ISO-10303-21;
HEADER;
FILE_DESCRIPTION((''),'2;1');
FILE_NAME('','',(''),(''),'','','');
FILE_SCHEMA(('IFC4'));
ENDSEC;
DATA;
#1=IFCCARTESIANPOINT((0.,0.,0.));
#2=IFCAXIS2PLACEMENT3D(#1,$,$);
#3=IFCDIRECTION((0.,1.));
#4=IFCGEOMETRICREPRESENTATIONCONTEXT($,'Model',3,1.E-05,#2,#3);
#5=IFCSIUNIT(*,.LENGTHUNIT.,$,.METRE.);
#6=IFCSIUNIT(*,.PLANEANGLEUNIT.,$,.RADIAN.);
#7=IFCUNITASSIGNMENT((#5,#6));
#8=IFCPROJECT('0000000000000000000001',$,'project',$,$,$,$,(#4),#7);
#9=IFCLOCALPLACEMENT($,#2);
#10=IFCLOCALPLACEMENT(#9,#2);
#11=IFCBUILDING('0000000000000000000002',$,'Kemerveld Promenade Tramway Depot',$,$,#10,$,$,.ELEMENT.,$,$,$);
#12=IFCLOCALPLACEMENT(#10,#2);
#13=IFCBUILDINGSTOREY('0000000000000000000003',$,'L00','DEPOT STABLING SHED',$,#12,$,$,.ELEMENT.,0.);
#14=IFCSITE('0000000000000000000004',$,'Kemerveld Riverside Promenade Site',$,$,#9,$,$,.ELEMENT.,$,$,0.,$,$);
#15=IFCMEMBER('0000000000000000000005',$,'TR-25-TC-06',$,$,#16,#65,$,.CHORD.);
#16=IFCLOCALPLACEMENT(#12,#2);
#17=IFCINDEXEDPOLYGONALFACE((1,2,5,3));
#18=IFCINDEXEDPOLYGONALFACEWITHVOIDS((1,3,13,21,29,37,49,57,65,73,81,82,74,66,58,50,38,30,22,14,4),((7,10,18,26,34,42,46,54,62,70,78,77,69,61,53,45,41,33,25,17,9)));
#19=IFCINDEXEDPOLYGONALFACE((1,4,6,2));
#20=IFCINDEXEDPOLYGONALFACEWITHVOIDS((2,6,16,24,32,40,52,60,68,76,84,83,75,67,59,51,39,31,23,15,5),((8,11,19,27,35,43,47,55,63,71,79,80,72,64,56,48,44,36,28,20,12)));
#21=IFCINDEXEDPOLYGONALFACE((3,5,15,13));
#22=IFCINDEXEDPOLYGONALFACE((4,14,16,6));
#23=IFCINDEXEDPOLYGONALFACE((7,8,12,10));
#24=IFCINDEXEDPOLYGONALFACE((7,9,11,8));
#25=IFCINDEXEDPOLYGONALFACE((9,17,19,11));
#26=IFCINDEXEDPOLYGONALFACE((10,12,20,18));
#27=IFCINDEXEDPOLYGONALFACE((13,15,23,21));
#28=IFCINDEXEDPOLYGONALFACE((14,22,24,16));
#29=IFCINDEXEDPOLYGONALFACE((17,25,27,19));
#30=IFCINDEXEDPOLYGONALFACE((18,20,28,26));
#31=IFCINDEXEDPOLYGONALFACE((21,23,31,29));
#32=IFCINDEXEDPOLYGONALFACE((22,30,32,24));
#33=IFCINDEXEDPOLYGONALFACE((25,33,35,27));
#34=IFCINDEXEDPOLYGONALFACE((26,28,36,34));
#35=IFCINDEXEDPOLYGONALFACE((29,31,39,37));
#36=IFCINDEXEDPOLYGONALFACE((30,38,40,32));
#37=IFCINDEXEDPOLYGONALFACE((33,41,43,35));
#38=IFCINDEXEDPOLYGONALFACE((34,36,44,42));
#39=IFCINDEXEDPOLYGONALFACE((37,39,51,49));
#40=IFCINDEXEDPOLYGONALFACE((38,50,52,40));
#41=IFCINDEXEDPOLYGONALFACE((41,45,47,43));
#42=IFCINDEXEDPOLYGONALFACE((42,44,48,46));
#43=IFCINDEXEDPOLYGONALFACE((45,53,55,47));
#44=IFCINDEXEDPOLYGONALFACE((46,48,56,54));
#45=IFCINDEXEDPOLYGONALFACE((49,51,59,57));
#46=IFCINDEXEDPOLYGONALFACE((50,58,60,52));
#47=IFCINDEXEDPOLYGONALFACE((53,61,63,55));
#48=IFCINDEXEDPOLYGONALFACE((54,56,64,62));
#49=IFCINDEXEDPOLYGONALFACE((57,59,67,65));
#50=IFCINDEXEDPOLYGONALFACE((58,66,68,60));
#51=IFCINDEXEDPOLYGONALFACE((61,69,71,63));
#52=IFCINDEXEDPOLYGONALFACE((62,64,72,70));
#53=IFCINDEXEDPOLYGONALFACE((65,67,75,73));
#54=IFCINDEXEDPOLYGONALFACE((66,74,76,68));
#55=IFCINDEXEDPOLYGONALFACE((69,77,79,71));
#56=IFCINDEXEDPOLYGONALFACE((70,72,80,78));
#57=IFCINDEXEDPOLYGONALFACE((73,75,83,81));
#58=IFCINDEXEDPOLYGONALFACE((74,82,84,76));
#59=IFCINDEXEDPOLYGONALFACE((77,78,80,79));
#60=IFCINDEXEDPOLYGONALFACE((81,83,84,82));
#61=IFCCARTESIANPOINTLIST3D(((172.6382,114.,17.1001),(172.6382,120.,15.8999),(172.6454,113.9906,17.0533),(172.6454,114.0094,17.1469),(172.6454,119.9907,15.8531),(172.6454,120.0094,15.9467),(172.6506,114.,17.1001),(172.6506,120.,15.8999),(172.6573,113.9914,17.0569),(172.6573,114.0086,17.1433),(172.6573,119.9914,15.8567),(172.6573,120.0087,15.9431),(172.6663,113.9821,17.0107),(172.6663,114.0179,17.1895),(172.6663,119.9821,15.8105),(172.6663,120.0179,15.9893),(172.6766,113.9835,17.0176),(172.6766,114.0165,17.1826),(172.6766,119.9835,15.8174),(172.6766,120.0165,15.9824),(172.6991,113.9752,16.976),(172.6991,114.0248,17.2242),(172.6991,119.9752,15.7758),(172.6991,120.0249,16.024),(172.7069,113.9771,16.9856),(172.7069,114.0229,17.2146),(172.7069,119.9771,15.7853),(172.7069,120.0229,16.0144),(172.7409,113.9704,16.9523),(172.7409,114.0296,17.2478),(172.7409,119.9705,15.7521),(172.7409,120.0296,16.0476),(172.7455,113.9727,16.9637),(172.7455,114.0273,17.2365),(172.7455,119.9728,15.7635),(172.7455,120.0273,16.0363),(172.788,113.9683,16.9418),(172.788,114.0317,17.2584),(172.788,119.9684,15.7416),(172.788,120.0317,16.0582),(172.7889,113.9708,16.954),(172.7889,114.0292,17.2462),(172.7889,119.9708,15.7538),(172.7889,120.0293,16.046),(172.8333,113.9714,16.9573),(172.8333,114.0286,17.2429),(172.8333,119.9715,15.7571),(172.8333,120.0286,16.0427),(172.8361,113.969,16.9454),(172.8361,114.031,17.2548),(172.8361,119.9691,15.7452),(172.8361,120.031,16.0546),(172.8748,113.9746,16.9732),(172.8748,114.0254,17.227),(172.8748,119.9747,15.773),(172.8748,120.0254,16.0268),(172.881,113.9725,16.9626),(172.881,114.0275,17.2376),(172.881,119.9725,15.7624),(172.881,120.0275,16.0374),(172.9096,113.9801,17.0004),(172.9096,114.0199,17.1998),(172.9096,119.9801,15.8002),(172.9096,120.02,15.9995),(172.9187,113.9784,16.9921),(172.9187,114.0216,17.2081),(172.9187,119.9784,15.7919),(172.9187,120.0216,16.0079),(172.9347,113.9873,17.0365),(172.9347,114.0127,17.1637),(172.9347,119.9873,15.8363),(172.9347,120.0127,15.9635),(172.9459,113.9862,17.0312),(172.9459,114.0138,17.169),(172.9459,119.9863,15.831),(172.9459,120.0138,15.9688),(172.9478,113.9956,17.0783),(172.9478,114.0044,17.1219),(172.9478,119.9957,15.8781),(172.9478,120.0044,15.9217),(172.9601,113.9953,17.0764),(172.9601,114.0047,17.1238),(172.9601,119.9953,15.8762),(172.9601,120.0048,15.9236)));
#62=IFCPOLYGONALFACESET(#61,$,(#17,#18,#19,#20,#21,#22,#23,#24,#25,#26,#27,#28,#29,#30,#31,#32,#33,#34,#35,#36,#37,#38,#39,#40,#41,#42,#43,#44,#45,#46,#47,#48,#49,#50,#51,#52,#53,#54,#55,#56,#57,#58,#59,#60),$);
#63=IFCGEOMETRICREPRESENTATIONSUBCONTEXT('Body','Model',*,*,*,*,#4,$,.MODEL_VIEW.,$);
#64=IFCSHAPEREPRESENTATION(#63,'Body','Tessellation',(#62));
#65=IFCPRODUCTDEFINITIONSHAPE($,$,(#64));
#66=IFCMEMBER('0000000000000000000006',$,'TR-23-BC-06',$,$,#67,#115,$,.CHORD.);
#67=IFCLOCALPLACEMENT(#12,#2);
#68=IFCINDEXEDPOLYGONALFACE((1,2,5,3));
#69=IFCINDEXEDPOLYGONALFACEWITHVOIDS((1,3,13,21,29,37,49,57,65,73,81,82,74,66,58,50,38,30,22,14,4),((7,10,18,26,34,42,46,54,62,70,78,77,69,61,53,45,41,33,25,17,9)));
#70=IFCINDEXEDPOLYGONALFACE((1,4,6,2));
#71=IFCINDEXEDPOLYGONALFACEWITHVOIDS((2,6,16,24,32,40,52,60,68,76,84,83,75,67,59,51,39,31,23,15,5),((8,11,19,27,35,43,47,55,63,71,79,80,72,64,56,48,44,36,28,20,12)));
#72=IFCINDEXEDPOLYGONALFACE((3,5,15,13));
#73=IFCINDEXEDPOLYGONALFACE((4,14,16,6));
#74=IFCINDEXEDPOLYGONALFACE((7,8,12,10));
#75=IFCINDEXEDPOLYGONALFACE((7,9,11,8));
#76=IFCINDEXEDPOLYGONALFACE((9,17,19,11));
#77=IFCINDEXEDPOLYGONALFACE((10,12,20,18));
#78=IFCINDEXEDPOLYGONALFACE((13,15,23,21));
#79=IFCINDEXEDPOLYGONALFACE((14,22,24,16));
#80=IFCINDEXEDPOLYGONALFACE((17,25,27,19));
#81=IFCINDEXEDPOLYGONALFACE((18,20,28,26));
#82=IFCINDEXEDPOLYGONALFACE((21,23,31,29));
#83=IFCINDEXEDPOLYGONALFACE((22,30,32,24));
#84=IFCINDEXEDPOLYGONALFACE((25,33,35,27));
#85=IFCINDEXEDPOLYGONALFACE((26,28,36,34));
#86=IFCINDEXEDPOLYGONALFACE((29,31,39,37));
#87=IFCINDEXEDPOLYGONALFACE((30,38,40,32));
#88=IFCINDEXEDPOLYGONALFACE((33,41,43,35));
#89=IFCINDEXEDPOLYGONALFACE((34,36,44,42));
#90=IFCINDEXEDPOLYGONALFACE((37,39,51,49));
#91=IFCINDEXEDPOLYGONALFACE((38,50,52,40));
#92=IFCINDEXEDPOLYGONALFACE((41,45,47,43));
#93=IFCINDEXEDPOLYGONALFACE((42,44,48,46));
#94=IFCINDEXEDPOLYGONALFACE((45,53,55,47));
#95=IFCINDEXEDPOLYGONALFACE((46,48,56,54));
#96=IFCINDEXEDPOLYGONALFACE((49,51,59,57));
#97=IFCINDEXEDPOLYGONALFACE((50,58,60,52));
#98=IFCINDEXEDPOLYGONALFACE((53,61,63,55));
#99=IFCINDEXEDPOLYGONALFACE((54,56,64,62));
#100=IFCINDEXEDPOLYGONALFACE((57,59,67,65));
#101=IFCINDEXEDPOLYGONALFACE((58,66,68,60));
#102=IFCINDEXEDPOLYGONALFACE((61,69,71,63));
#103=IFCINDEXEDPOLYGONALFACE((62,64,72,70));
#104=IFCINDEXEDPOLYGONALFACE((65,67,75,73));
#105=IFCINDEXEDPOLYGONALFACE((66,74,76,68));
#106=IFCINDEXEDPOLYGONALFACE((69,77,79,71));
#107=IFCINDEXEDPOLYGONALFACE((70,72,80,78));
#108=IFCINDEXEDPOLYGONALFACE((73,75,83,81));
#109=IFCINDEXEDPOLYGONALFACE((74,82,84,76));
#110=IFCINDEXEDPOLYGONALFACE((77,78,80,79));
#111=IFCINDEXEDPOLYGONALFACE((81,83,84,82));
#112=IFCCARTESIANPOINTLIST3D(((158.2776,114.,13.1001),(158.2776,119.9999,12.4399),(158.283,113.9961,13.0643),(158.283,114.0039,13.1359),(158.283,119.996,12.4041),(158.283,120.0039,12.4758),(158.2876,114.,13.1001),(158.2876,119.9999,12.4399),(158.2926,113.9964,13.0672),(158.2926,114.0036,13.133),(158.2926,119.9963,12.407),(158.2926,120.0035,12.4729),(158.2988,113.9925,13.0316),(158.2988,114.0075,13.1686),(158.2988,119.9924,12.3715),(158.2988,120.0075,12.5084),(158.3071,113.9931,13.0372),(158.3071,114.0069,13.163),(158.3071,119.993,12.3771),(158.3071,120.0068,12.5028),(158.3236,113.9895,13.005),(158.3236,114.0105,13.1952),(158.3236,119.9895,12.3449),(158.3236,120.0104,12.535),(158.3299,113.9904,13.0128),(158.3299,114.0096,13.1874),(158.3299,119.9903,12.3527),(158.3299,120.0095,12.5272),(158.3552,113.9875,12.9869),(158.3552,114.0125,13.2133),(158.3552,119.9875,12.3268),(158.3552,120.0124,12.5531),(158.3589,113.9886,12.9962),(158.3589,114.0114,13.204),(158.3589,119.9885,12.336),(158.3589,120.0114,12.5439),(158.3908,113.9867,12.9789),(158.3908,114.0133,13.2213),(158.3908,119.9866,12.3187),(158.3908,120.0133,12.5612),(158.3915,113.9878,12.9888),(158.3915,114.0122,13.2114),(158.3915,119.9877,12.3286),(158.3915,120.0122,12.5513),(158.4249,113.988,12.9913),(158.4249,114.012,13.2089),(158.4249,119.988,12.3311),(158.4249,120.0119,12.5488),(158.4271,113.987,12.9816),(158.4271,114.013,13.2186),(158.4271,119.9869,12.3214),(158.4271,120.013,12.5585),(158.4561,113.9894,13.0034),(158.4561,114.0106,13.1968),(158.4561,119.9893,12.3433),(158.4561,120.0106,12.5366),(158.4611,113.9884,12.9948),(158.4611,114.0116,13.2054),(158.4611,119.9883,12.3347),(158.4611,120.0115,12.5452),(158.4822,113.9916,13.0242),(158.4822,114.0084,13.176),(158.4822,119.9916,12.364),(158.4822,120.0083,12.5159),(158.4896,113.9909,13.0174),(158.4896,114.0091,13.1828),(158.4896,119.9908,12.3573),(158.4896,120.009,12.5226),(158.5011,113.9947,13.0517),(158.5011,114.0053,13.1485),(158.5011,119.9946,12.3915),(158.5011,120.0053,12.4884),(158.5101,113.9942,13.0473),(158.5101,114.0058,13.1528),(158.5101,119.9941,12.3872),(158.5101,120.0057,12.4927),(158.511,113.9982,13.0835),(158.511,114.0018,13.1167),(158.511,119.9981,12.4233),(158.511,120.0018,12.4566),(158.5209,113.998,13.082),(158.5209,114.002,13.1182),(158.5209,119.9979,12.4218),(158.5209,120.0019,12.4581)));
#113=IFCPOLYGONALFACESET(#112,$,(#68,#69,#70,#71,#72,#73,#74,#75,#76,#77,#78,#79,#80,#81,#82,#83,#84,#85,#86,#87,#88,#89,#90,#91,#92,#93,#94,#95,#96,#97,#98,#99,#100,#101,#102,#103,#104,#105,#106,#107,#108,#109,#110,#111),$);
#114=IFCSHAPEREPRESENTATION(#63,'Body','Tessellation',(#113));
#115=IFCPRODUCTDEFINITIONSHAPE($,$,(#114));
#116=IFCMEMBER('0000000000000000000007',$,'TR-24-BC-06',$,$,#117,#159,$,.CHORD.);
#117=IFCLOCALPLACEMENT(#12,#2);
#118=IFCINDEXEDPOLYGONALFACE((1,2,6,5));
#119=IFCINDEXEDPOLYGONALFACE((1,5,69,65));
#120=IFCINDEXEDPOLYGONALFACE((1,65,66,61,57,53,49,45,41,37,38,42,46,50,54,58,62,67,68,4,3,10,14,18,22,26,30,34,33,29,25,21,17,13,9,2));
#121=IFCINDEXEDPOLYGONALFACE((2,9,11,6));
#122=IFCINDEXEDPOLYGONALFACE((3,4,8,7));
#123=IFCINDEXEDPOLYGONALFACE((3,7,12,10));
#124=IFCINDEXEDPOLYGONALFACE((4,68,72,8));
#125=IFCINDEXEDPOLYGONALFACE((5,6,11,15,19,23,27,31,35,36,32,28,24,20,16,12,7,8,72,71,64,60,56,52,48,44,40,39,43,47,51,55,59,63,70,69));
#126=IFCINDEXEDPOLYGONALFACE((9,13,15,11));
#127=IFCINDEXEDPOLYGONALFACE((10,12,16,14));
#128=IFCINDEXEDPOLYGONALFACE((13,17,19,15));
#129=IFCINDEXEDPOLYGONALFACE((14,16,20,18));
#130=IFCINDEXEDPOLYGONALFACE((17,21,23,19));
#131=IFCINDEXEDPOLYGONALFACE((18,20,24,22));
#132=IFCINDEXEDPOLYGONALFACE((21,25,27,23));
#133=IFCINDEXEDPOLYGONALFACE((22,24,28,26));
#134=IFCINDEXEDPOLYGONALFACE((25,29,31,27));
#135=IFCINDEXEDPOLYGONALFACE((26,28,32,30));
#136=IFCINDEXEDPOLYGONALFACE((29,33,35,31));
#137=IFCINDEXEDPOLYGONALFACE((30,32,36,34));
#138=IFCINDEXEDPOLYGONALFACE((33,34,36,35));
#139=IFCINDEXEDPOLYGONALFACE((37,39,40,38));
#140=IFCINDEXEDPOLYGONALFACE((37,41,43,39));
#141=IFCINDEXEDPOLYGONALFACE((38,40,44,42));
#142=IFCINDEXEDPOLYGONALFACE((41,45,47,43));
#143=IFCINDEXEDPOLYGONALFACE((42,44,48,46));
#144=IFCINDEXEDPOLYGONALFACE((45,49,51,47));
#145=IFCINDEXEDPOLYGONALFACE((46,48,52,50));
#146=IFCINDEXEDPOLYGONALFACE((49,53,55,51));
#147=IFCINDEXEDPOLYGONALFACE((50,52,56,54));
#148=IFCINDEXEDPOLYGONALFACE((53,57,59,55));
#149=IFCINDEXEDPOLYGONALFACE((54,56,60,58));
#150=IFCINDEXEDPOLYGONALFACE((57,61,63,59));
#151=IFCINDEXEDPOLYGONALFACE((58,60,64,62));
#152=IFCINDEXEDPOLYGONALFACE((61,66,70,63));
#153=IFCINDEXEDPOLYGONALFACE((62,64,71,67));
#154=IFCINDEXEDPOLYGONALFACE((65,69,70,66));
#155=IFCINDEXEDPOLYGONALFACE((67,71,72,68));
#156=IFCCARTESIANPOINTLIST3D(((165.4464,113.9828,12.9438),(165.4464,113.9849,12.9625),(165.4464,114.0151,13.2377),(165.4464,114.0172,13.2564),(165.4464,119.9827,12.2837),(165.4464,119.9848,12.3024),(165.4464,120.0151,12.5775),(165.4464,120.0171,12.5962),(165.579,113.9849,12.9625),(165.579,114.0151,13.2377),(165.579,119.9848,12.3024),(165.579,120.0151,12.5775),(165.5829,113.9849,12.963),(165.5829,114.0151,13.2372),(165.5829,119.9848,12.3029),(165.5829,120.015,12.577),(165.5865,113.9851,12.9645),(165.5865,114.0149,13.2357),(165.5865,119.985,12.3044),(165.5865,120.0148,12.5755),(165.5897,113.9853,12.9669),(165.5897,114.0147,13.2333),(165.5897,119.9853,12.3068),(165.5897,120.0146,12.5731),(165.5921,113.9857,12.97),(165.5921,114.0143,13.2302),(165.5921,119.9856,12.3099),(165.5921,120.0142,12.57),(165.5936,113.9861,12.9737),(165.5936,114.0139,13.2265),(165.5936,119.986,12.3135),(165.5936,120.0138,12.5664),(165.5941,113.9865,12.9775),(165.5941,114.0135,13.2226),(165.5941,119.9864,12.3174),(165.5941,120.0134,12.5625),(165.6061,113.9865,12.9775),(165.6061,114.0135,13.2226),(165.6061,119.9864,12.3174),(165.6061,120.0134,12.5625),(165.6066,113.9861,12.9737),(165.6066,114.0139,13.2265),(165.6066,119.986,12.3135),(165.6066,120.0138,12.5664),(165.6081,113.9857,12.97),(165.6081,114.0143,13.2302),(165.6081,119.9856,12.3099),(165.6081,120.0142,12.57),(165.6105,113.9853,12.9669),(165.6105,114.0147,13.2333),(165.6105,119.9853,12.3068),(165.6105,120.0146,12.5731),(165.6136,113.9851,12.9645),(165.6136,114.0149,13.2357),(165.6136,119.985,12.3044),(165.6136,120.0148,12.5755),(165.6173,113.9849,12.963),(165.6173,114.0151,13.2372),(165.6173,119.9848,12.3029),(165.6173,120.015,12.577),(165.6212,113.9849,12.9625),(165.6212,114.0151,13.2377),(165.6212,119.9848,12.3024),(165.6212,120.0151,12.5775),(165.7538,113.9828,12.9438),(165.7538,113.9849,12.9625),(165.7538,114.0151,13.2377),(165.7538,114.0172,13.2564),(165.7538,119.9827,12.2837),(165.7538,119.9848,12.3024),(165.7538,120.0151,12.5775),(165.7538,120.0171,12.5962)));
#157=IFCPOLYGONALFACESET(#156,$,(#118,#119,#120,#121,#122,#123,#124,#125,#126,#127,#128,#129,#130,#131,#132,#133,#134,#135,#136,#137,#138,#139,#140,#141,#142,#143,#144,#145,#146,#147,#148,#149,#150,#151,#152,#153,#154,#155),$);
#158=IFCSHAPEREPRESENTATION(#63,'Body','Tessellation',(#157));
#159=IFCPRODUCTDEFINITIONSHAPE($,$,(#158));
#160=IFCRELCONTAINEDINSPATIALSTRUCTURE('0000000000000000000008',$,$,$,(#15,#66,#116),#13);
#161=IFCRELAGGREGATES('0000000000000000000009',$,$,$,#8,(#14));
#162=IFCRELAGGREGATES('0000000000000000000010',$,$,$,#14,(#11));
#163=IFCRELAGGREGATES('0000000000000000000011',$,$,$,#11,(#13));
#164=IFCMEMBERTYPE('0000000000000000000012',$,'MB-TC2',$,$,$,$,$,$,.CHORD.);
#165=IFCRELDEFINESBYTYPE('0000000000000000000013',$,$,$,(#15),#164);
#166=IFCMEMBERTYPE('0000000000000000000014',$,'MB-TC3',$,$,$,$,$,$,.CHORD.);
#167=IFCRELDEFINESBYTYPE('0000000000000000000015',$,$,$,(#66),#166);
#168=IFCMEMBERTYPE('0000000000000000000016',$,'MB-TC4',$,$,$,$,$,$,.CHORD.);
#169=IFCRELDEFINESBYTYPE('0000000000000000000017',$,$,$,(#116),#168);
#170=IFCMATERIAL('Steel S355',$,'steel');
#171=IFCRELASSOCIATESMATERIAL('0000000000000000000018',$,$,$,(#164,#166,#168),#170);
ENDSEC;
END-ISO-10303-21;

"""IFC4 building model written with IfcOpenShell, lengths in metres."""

from ifc_helpers import new_model, si_unit, direction, frame, origin, origin_2d, place, context, subcontext, project, spatial, hollow_circle, i_section, extrude, material, material_profile, profile_set, type_object, element, save


model = new_model("IFC4")

# Units and contexts
model_context = context("Model", 3, precision=1e-05, world=origin(), true_north=direction((0.0, 1.0)))
body_context = subcontext(model_context, "Body", "Model", "MODEL_VIEW")
ifc_project = project(units=[si_unit("LENGTHUNIT", "METRE"), si_unit("PLANEANGLEUNIT", "RADIAN")], contexts=[model_context])

# Site, building, storey
site_placement = place(None, origin())
site = spatial("IfcSite", under=ifc_project, at=site_placement, Name="Kemerveld Riverside Promenade Site", CompositionType="ELEMENT", RefElevation=0.0)
building_placement = place(site_placement, origin())
building = spatial("IfcBuilding", under=site, at=building_placement, Name="Kemerveld Promenade Tramway Depot", CompositionType="ELEMENT")
storey_placement = place(building_placement, origin())
storey = spatial("IfcBuildingStorey", under=building, at=storey_placement, Name="L00", Description="DEPOT STABLING SHED", CompositionType="ELEMENT", Elevation=0.0)

# Members
ifc_material_1 = material(Name="Steel S355", Category="steel")
ifc_material_profile_1 = material_profile(ifc_material_1, hollow_circle(Radius=0.1619, WallThickness=0.0125, at=origin_2d()), Name="323.9x12.5 CHS")
ifc_profile_set_1 = profile_set([ifc_material_profile_1], Name="Steel S355")
member_type_1 = type_object("IfcMemberType", Name="MB-TC2", PredefinedType="CHORD", material=ifc_profile_set_1)
for number, where, z_axis, x_axis, name in (
    (1, (172.8, 114.0, 17.1001), (0.0, 0.980575, -0.196147), (-1.0, 0.0, 0.0), "TR-25-TC-06"),
):
    element("IfcMember", number, at=place(storey_placement, frame(where, z_axis=z_axis, x_axis=x_axis)), inside=storey, type_object=member_type_1, Name=name, PredefinedType="CHORD", context=body_context, shape_type="SweptSolid", body=[
        extrude(hollow_circle(Radius=0.1619, WallThickness=0.0125, at=origin_2d()), origin(), (0.0, 0.0, 1.0), 6.1189),
    ])
ifc_material_profile_2 = material_profile(ifc_material_1, hollow_circle(Radius=0.1223, WallThickness=0.01, at=origin_2d()), Name="244.5x10.0 CHS")
ifc_profile_set_2 = profile_set([ifc_material_profile_2], Name="Steel S355")
member_type_2 = type_object("IfcMemberType", Name="MB-TC3", PredefinedType="CHORD", material=ifc_profile_set_2)
member_1_placement = place(storey_placement, frame((158.3999, 114.0, 13.1001), z_axis=(0.0, 0.994002, -0.109366), x_axis=(-1.0, 0.0, 0.0)))
element("IfcMember", 2, at=member_1_placement, inside=storey, type_object=member_type_2, Name="TR-23-BC-06", PredefinedType="CHORD", context=body_context, shape_type="SweptSolid", body=[
    extrude(hollow_circle(Radius=0.1223, WallThickness=0.01, at=origin_2d()), origin(), (0.0, 0.0, 1.0), 6.0361),
])
ifc_material_profile_3 = material_profile(ifc_material_1, i_section(OverallWidth=0.3074, OverallDepth=0.3145, WebThickness=0.012, FlangeThickness=0.0188, FilletRadius=0.0151, at=origin_2d()), Name="305x305x118 UC")
ifc_profile_set_3 = profile_set([ifc_material_profile_3], Name="Steel S355")
member_type_3 = type_object("IfcMemberType", Name="MB-TC4", PredefinedType="CHORD", material=ifc_profile_set_3)
member_2_placement = place(storey_placement, frame((165.6001, 114.0, 13.1001), z_axis=(0.0, 0.994002, -0.109366), x_axis=(-1.0, 0.0, 0.0)))
element("IfcMember", 3, at=member_2_placement, inside=storey, type_object=member_type_3, Name="TR-24-BC-06", PredefinedType="CHORD", context=body_context, shape_type="SweptSolid", body=[
    extrude(i_section(OverallWidth=0.3074, OverallDepth=0.3145, WebThickness=0.012, FlangeThickness=0.0188, FilletRadius=0.0151, at=origin_2d()), origin(), (0.0, 0.0, 1.0), 6.0361),
])

save(model, "model.ifc")
